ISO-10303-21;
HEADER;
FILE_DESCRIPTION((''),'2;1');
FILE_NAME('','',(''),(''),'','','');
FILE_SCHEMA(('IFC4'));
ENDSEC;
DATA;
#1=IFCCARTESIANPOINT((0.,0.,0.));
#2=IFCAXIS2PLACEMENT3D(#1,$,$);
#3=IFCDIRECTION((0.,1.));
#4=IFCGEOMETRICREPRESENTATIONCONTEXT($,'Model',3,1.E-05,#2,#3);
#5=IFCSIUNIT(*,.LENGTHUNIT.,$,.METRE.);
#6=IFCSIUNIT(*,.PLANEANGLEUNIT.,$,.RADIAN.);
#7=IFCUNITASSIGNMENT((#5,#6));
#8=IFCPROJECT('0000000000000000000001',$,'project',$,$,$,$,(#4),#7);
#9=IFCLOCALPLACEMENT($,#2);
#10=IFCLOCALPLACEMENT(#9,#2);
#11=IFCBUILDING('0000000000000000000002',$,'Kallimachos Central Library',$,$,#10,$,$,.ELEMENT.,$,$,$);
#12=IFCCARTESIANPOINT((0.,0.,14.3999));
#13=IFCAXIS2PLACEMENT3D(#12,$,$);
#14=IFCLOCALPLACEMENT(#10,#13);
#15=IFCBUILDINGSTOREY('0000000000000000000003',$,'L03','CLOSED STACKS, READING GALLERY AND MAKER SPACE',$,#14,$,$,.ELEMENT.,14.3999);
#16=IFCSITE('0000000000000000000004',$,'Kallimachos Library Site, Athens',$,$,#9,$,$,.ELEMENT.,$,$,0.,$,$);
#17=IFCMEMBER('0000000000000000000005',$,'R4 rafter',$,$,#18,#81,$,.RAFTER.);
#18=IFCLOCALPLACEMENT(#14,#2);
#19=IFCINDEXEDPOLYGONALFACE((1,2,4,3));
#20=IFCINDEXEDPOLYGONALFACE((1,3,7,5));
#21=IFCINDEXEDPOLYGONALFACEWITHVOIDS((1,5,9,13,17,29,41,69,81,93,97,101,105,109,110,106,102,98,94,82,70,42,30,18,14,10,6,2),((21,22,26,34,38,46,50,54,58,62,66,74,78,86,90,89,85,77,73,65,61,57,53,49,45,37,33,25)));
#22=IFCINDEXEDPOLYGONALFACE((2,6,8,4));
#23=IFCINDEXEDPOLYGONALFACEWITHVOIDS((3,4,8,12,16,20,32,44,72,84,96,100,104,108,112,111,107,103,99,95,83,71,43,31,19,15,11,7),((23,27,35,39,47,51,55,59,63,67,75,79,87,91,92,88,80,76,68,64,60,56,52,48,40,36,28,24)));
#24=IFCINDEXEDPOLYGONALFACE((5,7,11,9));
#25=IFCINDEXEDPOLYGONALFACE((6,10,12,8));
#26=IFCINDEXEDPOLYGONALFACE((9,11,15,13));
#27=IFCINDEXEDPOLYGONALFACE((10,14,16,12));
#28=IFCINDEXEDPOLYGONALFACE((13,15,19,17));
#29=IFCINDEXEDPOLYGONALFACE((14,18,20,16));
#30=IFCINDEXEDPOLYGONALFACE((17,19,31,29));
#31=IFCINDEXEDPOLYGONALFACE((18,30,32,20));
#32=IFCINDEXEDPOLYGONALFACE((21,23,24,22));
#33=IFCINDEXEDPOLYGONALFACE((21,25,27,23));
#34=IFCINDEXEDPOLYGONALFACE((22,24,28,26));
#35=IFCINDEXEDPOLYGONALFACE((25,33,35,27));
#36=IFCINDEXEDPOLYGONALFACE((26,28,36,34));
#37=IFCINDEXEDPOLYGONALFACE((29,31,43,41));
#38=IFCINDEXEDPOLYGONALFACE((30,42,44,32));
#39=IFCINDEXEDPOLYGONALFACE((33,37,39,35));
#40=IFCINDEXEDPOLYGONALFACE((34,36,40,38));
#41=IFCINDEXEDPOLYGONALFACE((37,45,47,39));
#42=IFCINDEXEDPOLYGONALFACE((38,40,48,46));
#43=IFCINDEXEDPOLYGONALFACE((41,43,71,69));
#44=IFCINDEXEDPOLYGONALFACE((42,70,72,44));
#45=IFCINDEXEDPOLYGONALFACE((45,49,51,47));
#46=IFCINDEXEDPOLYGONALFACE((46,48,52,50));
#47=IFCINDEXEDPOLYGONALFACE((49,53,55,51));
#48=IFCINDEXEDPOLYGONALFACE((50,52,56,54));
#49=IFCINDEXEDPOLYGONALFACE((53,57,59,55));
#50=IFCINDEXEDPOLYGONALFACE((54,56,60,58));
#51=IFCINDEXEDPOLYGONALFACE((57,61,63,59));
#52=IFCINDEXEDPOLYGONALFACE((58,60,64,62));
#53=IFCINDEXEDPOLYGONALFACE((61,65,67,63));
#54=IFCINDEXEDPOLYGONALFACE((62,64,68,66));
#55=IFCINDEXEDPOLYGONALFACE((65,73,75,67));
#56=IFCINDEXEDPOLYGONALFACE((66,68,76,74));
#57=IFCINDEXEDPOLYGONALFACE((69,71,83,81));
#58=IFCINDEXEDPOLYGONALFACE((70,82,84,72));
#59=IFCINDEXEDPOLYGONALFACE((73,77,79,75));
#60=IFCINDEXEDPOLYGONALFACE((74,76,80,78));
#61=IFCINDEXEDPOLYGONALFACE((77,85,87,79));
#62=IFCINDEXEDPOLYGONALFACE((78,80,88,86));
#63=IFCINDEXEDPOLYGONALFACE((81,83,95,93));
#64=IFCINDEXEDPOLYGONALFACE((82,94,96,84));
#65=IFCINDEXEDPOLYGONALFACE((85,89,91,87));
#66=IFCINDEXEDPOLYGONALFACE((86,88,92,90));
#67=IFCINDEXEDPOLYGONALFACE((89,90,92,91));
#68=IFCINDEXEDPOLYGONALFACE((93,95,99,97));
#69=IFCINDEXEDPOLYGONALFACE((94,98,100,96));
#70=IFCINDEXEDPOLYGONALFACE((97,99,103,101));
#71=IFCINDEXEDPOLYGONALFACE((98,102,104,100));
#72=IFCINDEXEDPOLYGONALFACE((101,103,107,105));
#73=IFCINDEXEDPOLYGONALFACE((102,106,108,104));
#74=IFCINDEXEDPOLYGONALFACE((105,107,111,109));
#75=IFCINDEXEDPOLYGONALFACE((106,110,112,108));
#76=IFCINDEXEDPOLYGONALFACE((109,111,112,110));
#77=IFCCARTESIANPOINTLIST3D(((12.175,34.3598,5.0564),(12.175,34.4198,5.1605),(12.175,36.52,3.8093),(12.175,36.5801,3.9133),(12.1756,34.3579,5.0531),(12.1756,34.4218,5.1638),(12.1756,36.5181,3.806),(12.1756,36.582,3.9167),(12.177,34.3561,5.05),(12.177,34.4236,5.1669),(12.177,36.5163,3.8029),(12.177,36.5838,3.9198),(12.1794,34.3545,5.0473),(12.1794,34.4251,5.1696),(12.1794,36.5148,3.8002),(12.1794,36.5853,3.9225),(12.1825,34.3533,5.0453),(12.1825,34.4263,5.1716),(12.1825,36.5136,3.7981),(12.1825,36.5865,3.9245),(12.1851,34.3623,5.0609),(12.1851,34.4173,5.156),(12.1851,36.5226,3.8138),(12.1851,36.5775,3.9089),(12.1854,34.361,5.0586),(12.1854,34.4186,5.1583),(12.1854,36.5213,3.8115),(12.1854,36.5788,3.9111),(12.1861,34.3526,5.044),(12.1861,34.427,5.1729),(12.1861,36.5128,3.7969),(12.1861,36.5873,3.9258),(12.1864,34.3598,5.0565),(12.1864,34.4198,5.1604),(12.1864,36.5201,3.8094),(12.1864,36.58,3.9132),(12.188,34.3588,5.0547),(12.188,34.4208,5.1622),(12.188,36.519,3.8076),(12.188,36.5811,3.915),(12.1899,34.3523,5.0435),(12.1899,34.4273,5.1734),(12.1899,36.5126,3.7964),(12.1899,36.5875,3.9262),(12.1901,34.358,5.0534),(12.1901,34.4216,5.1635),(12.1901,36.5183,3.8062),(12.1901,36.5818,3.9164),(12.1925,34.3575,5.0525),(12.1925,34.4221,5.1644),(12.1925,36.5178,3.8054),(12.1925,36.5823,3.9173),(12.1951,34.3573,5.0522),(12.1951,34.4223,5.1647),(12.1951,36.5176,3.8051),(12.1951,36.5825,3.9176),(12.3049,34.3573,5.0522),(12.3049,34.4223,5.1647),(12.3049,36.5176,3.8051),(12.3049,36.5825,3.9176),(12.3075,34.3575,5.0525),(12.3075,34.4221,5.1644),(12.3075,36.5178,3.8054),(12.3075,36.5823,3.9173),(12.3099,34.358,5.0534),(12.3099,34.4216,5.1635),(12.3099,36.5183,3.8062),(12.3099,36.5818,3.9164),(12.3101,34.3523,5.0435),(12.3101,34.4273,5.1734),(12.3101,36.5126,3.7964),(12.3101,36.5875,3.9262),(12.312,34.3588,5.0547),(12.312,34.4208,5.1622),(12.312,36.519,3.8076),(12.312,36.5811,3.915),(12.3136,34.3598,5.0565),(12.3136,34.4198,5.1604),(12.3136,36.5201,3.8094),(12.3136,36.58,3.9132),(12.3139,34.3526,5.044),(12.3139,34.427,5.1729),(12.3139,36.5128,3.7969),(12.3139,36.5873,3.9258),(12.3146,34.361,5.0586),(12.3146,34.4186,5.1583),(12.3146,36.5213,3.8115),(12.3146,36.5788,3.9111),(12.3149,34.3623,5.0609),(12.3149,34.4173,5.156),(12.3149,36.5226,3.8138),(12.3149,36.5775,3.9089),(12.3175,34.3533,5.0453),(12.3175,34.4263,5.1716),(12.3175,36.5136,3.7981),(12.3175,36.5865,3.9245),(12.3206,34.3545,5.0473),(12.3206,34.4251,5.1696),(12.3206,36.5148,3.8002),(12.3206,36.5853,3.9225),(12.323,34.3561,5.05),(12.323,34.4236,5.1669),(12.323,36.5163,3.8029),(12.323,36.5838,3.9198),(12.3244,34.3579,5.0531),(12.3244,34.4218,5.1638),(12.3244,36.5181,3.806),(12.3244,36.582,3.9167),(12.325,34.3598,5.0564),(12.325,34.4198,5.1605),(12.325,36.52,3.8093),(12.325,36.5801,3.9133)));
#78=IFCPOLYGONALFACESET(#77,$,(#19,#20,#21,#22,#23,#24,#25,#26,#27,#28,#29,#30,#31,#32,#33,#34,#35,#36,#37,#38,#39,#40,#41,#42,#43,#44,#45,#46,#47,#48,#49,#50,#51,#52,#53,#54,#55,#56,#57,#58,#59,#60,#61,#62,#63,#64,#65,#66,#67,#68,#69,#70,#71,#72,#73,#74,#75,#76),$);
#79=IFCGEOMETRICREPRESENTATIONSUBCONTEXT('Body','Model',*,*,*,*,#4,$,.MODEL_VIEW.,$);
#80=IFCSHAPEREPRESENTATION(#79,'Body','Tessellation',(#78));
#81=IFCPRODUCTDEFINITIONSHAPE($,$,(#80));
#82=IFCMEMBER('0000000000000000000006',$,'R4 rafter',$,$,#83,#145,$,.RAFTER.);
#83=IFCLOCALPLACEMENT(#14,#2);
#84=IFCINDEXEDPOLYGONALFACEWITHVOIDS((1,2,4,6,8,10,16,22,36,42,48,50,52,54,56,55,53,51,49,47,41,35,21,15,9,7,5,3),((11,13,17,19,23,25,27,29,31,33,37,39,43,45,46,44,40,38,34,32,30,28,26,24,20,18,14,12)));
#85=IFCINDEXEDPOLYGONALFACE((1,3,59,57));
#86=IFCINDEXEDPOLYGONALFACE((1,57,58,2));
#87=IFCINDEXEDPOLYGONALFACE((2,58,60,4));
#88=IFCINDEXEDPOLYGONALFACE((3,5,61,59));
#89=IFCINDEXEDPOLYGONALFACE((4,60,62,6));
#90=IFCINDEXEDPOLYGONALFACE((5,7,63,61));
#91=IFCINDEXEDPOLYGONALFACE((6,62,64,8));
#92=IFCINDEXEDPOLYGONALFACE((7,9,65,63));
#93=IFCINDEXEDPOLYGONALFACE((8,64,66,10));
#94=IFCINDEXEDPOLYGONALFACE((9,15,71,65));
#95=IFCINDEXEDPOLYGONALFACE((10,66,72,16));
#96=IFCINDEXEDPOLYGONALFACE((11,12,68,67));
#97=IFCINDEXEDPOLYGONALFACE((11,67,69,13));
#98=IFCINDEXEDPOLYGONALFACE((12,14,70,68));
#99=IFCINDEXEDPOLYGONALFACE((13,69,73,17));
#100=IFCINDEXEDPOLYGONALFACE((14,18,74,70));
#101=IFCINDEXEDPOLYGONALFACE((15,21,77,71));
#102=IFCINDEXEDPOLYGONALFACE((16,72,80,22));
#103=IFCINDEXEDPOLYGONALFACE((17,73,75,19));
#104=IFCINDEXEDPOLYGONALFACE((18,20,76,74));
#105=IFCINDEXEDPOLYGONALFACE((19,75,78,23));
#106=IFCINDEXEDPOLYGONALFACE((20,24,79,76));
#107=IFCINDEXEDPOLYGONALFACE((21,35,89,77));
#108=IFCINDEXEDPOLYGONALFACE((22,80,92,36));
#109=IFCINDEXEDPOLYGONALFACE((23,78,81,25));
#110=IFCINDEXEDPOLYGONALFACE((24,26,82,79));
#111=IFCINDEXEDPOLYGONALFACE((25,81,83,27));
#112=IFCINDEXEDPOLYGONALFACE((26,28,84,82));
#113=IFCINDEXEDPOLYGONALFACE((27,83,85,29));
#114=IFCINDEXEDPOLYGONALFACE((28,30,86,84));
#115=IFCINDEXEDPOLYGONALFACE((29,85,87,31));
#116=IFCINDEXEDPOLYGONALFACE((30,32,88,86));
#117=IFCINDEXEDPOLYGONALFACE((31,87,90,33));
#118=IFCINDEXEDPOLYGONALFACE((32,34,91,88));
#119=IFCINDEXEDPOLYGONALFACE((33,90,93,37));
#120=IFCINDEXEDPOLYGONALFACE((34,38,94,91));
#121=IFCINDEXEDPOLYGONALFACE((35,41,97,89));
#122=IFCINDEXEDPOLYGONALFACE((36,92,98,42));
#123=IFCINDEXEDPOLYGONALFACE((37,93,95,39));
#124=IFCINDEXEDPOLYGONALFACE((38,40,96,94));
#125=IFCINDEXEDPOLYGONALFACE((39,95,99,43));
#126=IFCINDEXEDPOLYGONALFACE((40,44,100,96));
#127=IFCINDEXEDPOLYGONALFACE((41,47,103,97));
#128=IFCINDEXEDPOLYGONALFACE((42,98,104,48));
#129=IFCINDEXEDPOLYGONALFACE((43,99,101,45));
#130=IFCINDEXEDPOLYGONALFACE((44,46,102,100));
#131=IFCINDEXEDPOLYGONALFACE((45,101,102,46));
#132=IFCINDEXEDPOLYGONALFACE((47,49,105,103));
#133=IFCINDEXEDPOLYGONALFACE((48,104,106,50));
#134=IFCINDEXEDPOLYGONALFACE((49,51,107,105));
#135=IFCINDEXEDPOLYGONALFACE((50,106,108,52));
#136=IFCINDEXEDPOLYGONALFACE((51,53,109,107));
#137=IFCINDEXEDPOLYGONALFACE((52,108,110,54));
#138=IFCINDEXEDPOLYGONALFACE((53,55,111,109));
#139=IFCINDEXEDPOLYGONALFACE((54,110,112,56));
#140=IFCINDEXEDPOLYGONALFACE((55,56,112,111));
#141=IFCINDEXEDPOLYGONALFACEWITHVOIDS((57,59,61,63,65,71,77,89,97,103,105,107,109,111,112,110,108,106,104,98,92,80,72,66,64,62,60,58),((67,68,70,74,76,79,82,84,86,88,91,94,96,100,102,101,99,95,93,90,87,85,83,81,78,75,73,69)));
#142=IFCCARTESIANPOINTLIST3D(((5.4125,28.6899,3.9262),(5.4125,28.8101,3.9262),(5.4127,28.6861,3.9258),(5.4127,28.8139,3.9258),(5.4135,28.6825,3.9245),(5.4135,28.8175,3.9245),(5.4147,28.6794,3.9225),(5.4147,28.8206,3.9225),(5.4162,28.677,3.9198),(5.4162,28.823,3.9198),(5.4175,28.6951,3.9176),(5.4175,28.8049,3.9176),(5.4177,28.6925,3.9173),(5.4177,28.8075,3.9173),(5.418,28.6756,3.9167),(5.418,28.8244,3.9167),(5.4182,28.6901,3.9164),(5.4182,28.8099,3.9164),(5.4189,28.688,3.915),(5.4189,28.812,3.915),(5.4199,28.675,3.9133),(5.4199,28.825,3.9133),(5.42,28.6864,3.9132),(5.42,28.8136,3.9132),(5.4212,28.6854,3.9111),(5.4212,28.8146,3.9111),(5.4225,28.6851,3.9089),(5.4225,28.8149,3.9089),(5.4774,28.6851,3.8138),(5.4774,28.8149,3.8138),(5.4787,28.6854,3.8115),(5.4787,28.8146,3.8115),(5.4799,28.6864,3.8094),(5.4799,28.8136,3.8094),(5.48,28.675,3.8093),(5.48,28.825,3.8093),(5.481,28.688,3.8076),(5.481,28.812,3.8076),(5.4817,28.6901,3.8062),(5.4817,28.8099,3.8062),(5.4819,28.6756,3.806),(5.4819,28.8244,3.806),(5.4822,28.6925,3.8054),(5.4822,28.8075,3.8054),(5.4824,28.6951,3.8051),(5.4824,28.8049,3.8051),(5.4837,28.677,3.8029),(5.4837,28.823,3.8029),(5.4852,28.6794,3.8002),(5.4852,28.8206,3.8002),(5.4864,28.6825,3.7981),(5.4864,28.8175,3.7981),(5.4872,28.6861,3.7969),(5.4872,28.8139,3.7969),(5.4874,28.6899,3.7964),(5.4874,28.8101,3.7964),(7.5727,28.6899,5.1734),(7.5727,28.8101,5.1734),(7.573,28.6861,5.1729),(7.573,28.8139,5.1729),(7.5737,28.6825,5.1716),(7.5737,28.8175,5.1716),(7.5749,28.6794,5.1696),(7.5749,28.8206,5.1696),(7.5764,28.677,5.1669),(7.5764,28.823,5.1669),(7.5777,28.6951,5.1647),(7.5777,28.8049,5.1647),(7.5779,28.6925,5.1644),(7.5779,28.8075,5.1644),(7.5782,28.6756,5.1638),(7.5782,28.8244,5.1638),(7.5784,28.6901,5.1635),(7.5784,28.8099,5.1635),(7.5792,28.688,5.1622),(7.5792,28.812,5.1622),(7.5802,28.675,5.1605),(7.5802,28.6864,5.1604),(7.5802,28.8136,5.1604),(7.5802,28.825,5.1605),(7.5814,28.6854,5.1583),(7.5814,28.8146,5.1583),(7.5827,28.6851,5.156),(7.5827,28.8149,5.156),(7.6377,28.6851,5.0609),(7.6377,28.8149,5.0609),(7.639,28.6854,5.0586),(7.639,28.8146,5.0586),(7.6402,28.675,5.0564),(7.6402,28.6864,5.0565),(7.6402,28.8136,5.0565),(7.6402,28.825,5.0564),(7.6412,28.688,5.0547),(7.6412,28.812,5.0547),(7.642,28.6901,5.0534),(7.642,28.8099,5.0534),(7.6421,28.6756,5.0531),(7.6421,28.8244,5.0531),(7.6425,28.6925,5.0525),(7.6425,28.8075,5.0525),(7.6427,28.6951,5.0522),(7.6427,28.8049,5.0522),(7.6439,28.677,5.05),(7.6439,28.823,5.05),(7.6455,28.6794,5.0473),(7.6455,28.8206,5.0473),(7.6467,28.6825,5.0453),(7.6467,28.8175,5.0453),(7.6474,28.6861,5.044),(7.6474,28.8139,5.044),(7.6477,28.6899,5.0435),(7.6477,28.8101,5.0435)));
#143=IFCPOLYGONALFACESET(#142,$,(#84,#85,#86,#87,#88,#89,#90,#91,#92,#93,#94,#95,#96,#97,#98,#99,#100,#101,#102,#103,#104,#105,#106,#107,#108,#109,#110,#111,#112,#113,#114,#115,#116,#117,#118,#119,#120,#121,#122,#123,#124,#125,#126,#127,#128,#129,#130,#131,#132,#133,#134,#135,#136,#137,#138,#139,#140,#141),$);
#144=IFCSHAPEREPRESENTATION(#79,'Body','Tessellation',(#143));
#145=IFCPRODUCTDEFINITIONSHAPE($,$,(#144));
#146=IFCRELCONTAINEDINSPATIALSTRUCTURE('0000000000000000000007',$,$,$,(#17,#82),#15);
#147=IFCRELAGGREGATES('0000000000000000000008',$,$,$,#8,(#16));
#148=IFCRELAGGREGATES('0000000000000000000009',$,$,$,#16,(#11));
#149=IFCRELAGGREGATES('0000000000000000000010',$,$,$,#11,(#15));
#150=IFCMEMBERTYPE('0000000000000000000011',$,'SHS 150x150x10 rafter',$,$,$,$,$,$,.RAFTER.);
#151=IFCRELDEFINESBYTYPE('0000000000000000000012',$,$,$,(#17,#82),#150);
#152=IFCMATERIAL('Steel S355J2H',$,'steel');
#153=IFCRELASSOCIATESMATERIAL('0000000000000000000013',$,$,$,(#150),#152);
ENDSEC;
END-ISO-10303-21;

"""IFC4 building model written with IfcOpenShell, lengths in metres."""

from ifc_helpers import new_model, si_unit, direction, frame, origin, origin_2d, place, context, subcontext, project, spatial, hollow_rectangle, extrude, material, material_profile, profile_set, type_object, element, save


model = new_model("IFC4")

# Units and contexts
model_context = context("Model", 3, precision=1e-05, world=origin(), true_north=direction((0.0, 1.0)))
body_context = subcontext(model_context, "Body", "Model", "MODEL_VIEW")
ifc_project = project(units=[si_unit("LENGTHUNIT", "METRE"), si_unit("PLANEANGLEUNIT", "RADIAN")], contexts=[model_context])

# Site, building, storey
site_placement = place(None, origin())
site = spatial("IfcSite", under=ifc_project, at=site_placement, Name="Kallimachos Library Site, Athens", CompositionType="ELEMENT", RefElevation=0.0)
building_placement = place(site_placement, origin())
building = spatial("IfcBuilding", under=site, at=building_placement, Name="Kallimachos Central Library", CompositionType="ELEMENT")
storey_placement = place(building_placement, frame((0.0, 0.0, 14.3999)))
storey = spatial("IfcBuildingStorey", under=building, at=storey_placement, Name="L03", Description="CLOSED STACKS, READING GALLERY AND MAKER SPACE", CompositionType="ELEMENT", Elevation=14.3999)

# Members
ifc_material_1 = material(Name="Steel S355J2H", Category="steel")
ifc_material_profile_1 = material_profile(ifc_material_1, hollow_rectangle(XDim=0.1499, YDim=0.1499, WallThickness=0.01, InnerFilletRadius=0.01, OuterFilletRadius=0.0149, at=origin_2d()), Name="SHS 150x150x10")
ifc_profile_set_1 = profile_set([ifc_material_profile_1], Name="Steel S355J2H")
member_type_1 = type_object("IfcMemberType", Name="SHS 150x150x10 rafter", PredefinedType="RAFTER", material=ifc_profile_set_1)
for number, where, z_axis, x_axis, name in (
    (1, (12.25, 36.55, 3.8613), (0.0, -0.866042, 0.499971), (1.0, 0.0, 0.0), "R4 rafter"),
    (2, (5.45, 28.75, 3.8613), (0.866042, 0.0, 0.499971), (0.0, 1.0, 0.0), "R4 rafter"),
):
    element("IfcMember", number, at=place(storey_placement, frame(where, z_axis=z_axis, x_axis=x_axis)), inside=storey, type_object=member_type_1, Name=name, PredefinedType="RAFTER", context=body_context, shape_type="SweptSolid", body=[
        extrude(hollow_rectangle(XDim=0.1499, YDim=0.1499, WallThickness=0.01, InnerFilletRadius=0.01, OuterFilletRadius=0.0149, at=origin_2d()), origin(), (0.0, 0.0, 1.0), 2.4944),
    ])

save(model, "model.ifc")
